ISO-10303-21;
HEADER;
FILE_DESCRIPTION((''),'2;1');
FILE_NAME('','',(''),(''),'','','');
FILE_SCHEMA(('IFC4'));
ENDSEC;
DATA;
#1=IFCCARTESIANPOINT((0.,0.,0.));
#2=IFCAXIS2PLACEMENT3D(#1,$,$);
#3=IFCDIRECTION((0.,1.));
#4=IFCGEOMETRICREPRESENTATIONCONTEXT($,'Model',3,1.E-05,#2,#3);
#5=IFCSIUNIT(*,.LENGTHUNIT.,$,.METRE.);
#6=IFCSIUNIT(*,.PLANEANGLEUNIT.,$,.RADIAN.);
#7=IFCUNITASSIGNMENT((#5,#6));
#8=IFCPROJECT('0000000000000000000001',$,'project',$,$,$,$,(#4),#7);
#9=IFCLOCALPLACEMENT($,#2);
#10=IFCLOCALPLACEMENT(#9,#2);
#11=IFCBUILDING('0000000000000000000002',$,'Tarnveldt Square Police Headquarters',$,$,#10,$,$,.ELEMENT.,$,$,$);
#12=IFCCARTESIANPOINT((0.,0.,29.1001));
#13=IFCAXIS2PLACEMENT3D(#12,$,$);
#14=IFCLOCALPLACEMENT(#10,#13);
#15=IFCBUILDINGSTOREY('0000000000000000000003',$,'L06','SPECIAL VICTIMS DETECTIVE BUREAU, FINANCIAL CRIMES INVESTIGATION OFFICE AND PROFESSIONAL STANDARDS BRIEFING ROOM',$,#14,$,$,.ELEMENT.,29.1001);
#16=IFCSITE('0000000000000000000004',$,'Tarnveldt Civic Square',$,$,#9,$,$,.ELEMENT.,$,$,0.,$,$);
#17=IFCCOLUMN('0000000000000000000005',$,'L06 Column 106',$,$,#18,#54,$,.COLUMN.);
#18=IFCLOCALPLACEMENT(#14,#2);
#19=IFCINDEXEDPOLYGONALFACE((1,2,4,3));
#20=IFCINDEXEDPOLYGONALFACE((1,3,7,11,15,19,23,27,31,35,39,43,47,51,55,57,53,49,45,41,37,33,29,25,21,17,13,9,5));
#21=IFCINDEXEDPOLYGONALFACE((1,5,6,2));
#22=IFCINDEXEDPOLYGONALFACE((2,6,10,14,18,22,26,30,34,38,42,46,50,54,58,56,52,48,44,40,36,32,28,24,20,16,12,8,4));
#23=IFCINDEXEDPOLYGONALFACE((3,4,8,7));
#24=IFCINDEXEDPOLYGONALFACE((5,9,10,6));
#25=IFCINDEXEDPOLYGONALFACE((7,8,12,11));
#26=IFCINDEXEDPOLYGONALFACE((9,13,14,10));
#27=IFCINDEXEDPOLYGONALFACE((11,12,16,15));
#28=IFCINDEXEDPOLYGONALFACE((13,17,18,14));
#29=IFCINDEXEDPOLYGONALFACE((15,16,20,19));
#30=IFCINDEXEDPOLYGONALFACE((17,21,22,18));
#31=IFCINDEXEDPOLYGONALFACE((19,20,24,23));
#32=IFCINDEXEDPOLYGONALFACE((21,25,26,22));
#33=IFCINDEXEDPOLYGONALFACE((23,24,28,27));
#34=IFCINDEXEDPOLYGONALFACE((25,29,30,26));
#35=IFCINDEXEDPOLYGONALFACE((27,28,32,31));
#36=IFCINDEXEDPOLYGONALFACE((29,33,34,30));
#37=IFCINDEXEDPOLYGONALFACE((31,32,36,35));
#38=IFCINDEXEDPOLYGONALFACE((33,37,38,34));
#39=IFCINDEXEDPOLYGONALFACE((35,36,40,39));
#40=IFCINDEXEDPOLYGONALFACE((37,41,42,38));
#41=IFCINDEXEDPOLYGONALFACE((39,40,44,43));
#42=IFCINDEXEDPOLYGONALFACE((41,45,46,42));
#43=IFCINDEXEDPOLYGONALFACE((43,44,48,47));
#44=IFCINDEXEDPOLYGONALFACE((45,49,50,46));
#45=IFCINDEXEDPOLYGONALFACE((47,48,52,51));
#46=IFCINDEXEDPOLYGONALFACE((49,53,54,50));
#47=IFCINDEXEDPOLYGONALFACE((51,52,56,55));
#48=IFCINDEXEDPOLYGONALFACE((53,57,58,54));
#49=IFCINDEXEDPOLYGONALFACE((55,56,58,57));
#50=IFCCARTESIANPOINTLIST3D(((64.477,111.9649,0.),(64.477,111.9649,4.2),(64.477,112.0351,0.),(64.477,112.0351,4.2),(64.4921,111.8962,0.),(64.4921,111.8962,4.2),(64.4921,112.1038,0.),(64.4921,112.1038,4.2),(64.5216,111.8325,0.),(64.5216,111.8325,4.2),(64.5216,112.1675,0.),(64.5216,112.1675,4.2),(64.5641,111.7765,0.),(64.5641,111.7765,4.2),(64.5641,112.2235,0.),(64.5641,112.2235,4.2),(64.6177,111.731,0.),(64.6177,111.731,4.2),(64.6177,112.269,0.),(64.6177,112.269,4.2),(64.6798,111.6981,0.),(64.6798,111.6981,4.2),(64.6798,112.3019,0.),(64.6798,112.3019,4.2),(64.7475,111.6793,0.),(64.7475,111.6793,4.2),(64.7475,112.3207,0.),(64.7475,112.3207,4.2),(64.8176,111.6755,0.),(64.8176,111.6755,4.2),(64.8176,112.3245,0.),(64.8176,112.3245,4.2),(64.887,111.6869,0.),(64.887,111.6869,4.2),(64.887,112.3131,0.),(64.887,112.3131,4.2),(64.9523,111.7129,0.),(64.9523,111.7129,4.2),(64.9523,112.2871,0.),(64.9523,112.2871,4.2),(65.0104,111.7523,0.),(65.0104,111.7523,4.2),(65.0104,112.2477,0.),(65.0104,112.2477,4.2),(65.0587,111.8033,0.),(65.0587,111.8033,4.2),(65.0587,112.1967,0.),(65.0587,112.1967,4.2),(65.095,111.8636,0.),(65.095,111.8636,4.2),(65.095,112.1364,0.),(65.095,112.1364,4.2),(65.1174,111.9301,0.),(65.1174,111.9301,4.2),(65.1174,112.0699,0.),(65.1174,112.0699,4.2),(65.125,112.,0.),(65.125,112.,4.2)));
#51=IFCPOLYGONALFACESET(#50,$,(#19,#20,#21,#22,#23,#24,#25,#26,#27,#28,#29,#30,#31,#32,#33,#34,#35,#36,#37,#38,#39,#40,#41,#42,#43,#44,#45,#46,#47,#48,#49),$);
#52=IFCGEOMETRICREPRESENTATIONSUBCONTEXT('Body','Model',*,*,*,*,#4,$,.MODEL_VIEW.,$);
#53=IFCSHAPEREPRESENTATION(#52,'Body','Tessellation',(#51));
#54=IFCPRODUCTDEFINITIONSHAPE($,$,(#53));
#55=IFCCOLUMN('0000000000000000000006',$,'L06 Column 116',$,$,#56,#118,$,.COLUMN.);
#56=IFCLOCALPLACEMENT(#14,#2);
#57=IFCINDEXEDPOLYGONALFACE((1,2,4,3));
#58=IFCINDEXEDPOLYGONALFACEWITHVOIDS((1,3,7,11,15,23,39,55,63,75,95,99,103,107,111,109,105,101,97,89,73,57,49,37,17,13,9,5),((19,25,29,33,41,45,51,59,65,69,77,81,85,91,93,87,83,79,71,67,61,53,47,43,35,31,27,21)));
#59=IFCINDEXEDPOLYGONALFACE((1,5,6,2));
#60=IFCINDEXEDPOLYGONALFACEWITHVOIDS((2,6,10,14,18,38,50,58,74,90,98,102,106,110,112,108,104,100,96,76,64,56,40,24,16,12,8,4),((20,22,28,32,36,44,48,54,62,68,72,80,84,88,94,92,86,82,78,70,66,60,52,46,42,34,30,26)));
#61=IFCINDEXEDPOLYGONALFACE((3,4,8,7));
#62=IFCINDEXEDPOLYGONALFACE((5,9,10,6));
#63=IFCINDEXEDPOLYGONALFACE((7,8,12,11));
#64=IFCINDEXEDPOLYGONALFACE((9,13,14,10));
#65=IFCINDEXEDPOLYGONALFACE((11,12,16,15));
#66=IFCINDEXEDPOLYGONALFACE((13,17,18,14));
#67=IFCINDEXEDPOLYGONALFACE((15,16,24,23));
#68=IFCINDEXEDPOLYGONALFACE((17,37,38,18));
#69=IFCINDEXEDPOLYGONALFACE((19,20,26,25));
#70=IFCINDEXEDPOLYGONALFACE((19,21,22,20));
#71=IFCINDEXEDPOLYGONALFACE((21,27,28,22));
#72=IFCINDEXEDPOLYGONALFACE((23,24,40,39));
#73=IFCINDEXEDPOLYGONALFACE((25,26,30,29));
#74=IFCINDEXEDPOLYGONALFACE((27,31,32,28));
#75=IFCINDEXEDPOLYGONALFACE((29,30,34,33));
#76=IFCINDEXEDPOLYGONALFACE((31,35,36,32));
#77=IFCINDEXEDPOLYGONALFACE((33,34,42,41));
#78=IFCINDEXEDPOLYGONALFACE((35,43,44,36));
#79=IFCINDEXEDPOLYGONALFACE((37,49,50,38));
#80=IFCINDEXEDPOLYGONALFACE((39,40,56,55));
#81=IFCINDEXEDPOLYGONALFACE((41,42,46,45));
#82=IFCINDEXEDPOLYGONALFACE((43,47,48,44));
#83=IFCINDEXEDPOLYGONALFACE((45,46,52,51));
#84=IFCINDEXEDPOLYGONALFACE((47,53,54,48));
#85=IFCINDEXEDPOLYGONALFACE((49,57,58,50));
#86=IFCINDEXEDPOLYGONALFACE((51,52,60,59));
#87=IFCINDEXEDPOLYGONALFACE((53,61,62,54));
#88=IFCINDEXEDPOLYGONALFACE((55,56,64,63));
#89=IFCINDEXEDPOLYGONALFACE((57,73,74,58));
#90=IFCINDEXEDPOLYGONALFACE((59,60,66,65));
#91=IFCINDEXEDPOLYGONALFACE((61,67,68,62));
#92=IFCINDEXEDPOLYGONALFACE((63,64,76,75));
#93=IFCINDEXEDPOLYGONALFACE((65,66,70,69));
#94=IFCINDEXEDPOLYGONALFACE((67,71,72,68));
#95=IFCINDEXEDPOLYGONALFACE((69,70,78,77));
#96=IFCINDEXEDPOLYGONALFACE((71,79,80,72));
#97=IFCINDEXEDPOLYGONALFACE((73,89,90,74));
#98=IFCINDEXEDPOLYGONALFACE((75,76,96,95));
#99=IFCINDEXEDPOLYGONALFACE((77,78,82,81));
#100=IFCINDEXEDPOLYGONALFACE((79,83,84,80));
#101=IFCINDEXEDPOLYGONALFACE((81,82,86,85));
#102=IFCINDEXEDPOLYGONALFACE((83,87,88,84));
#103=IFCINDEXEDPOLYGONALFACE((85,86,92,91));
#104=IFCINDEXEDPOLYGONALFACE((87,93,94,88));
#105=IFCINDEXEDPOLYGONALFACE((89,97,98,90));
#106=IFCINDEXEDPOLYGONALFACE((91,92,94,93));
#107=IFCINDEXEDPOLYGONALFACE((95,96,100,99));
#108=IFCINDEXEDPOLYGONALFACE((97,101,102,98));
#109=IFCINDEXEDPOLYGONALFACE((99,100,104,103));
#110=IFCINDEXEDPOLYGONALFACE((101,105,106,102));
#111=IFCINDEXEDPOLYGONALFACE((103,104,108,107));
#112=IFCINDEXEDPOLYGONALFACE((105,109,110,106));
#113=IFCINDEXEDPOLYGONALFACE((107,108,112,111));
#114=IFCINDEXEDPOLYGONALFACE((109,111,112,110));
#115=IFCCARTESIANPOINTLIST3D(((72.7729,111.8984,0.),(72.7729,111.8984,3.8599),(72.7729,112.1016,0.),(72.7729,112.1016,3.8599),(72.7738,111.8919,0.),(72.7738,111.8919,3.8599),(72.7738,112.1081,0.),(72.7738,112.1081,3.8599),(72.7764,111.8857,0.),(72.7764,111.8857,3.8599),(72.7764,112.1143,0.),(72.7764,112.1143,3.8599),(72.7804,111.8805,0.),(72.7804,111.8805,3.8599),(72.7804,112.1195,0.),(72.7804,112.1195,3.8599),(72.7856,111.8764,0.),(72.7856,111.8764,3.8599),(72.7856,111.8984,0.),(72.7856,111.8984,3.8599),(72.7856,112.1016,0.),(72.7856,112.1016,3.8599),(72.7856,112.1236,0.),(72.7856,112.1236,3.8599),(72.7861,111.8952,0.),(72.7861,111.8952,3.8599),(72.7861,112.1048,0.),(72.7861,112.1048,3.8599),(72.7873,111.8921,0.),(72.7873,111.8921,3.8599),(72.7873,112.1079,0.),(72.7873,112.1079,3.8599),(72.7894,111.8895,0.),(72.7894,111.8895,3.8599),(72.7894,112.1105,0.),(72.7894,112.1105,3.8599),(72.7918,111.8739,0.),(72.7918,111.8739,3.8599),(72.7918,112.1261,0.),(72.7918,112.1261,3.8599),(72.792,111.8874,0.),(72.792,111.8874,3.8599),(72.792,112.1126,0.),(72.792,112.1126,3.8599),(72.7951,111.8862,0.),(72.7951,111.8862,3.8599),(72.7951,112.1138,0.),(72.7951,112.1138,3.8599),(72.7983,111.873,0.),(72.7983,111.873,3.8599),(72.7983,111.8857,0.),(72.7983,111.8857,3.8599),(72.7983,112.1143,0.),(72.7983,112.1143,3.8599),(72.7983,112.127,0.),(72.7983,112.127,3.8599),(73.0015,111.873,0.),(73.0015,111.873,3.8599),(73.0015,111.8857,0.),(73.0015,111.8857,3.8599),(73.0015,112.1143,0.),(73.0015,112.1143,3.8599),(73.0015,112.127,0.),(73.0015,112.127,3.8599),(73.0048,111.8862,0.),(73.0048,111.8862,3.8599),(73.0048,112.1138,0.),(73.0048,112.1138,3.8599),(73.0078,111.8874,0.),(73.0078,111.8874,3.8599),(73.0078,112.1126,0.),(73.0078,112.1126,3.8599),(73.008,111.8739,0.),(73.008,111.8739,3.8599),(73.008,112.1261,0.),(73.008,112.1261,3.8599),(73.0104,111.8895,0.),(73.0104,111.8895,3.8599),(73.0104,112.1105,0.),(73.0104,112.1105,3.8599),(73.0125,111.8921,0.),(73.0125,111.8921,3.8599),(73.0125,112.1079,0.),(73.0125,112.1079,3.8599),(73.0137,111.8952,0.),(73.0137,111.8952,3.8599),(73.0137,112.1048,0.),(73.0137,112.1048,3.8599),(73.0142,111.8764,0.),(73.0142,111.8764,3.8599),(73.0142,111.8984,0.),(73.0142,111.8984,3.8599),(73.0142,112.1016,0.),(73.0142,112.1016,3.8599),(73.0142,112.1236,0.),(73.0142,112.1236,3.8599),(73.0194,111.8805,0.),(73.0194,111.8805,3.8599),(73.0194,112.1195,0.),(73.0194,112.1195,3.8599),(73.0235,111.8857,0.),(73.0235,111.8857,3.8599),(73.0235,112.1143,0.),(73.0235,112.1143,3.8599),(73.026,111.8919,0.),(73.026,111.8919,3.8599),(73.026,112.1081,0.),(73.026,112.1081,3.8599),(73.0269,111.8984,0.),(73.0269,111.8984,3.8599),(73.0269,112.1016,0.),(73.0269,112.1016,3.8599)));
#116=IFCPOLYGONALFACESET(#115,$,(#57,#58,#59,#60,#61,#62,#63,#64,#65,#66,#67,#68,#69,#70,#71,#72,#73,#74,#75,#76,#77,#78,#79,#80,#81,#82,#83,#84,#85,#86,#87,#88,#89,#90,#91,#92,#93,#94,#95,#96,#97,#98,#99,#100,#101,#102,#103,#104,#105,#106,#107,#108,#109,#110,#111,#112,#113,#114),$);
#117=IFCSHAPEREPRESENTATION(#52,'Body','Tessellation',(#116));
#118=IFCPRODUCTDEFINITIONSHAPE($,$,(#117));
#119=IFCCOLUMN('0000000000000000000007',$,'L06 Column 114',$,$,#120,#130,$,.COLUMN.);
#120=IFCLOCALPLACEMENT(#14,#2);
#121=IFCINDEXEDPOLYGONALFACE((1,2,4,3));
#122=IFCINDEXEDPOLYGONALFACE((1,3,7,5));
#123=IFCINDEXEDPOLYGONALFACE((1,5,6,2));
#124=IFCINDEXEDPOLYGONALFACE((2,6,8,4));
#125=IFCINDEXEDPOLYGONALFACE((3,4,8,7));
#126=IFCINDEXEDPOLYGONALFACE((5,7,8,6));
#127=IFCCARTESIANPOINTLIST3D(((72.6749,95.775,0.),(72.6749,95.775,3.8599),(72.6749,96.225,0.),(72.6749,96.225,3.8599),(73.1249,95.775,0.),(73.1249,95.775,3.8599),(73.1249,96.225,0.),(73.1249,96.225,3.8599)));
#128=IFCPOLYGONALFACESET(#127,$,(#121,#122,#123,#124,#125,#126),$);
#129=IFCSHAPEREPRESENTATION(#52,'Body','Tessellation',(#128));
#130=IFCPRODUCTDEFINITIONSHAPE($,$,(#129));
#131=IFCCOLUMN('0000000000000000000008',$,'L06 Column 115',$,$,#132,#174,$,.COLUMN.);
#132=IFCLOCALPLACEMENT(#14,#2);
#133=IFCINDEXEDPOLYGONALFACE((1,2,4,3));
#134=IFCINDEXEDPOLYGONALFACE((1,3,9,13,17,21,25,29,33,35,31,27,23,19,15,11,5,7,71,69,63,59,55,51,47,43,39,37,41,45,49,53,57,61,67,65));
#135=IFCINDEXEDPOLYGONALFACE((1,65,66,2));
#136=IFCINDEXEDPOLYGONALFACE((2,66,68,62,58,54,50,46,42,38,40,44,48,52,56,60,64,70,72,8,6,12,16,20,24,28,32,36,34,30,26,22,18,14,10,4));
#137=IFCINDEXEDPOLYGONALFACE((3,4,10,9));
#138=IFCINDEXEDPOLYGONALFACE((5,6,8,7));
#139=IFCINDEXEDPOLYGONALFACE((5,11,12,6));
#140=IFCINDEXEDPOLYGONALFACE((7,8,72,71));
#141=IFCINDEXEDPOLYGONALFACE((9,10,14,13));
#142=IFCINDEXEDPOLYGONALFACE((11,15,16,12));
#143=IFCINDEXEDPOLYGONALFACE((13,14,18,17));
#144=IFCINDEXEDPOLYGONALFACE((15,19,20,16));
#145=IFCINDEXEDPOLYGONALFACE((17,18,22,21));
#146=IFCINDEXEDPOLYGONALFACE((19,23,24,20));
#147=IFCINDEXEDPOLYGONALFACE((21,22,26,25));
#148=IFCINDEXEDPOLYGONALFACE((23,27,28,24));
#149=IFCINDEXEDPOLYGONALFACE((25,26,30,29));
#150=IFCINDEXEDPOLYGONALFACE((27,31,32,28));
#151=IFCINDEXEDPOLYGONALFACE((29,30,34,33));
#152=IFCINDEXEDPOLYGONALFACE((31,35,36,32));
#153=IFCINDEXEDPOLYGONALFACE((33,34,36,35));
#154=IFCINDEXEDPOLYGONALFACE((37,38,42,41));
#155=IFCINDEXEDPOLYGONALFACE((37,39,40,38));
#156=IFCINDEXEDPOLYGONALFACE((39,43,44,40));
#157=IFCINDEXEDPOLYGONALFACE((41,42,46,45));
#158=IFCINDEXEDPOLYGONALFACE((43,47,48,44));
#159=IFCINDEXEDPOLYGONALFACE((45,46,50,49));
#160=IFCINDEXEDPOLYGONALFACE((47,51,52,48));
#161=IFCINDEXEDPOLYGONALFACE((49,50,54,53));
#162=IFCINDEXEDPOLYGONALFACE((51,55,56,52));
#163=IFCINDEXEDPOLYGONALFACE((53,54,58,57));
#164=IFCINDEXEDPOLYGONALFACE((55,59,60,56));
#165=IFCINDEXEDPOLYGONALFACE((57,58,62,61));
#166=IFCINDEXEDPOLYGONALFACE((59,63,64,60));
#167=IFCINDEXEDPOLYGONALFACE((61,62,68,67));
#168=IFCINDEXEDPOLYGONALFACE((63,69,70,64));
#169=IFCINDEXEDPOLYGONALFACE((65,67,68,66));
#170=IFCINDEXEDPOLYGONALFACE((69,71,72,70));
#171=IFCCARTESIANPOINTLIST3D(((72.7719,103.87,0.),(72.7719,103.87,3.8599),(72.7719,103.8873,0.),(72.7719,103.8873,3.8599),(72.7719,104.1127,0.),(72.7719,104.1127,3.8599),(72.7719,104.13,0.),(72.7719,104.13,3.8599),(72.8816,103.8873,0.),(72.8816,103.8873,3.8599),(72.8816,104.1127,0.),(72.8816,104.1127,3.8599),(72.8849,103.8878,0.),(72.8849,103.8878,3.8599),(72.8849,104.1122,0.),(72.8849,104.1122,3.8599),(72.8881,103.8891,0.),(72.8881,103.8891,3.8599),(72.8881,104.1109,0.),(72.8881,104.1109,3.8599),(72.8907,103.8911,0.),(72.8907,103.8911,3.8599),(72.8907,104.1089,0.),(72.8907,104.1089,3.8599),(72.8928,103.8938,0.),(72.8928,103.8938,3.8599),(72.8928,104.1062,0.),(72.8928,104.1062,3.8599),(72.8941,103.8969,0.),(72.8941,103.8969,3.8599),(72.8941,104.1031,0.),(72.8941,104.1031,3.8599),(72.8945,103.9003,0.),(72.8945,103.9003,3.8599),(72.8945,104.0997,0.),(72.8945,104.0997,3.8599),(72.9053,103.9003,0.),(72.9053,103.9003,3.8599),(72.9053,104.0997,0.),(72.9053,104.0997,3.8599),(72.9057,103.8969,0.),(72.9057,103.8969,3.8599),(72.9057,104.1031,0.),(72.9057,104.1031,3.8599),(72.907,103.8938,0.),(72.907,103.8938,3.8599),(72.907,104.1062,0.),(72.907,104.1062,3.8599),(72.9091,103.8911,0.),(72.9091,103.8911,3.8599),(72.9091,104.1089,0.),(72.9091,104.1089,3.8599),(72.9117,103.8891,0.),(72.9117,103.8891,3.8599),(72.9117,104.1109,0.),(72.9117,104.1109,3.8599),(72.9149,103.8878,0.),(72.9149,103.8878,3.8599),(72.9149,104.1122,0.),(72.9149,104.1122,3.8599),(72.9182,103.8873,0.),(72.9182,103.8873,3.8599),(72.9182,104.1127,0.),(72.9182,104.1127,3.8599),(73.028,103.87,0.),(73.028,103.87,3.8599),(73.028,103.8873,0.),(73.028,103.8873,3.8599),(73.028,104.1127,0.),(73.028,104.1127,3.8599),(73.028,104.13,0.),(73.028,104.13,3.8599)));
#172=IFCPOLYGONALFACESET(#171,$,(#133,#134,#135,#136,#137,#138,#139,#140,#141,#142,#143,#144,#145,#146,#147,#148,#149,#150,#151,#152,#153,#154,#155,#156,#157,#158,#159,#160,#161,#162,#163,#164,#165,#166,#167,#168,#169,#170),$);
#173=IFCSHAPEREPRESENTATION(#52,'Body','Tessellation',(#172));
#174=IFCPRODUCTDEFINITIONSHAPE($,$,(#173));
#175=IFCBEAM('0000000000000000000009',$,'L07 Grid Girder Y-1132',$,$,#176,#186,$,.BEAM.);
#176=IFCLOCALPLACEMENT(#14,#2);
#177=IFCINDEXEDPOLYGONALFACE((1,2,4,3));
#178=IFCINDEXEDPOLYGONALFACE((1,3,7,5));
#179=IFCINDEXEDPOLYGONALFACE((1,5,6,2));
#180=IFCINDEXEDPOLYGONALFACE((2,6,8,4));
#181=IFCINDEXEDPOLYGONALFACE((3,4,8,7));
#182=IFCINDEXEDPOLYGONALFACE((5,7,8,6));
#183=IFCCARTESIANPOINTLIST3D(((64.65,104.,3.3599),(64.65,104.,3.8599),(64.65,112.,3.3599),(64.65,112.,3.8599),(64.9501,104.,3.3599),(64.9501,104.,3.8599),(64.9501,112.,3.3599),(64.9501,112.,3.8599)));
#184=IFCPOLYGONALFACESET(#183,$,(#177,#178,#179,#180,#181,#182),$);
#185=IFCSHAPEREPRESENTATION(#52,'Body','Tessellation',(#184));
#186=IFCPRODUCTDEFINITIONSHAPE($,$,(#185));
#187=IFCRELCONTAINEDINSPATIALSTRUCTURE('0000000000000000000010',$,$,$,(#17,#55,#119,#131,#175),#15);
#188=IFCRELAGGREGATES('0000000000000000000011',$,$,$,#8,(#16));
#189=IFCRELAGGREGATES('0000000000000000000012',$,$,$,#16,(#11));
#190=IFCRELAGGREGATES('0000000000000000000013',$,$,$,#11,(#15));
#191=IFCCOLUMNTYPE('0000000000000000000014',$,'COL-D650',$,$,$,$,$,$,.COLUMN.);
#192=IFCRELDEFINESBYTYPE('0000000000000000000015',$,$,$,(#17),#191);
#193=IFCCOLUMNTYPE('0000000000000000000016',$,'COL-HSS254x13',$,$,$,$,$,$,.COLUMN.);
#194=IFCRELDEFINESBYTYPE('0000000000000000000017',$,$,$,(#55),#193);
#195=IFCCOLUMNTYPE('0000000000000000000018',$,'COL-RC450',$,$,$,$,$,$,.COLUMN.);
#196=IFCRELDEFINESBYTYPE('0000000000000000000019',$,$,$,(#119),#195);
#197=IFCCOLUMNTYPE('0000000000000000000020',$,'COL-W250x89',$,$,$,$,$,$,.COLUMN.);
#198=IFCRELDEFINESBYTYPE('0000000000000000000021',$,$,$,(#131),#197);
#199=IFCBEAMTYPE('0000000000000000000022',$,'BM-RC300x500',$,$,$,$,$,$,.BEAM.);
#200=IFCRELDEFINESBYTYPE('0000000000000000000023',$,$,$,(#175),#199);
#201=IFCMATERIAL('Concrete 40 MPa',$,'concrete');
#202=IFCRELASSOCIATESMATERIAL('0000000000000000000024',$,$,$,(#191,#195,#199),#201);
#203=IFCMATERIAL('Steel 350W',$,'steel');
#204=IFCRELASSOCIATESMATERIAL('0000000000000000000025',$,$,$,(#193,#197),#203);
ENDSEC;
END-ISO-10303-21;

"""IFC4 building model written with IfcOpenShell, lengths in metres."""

from ifc_helpers import new_model, si_unit, direction, frame, origin, origin_2d, place, context, subcontext, project, spatial, rectangle, hollow_rectangle, circle, i_section, extrude, material, material_profile, profile_set, type_object, element, save


model = new_model("IFC4")

# Units and contexts
model_context = context("Model", 3, precision=1e-05, world=origin(), true_north=direction((0.0, 1.0)))
body_context = subcontext(model_context, "Body", "Model", "MODEL_VIEW")
ifc_project = project(units=[si_unit("LENGTHUNIT", "METRE"), si_unit("PLANEANGLEUNIT", "RADIAN")], contexts=[model_context])

# Site, building, storey
site_placement = place(None, origin())
site = spatial("IfcSite", under=ifc_project, at=site_placement, Name="Tarnveldt Civic Square", CompositionType="ELEMENT", RefElevation=0.0)
building_placement = place(site_placement, origin())
building = spatial("IfcBuilding", under=site, at=building_placement, Name="Tarnveldt Square Police Headquarters", CompositionType="ELEMENT")
storey_placement = place(building_placement, frame((0.0, 0.0, 29.1001)))
storey = spatial("IfcBuildingStorey", under=building, at=storey_placement, Name="L06", Description="SPECIAL VICTIMS DETECTIVE BUREAU, FINANCIAL CRIMES INVESTIGATION OFFICE AND PROFESSIONAL STANDARDS BRIEFING ROOM", CompositionType="ELEMENT", Elevation=29.1001)

# Columns
ifc_material_1 = material(Name="Concrete 40 MPa", Category="concrete")
ifc_material_profile_1 = material_profile(ifc_material_1, circle(Radius=0.325, at=origin_2d()), Name="RC-D650")
ifc_profile_set_1 = profile_set([ifc_material_profile_1], Name="Concrete 40 MPa")
column_type_1 = type_object("IfcColumnType", Name="COL-D650", PredefinedType="COLUMN", material=ifc_profile_set_1)
column_1_placement = place(storey_placement, frame((64.8, 112.0, 0.0), z_axis=(0.0, 0.0, 1.0), x_axis=(1.0, 0.0, 0.0)))
element("IfcColumn", 1, at=column_1_placement, inside=storey, type_object=column_type_1, Name="L06 Column 106", PredefinedType="COLUMN", context=body_context, shape_type="SweptSolid", body=[
    extrude(circle(Radius=0.325, at=origin_2d()), origin(), (0.0, 0.0, 1.0), 4.2),
])
ifc_material_2 = material(Name="Steel 350W", Category="steel")
ifc_material_profile_2 = material_profile(ifc_material_2, hollow_rectangle(XDim=0.2539, YDim=0.2539, WallThickness=0.0127, InnerFilletRadius=0.0127, OuterFilletRadius=0.0254, at=origin_2d()), Name="HSS254x254x13")
ifc_profile_set_2 = profile_set([ifc_material_profile_2], Name="Steel 350W")
column_type_2 = type_object("IfcColumnType", Name="COL-HSS254x13", PredefinedType="COLUMN", material=ifc_profile_set_2)
column_2_placement = place(storey_placement, frame((72.8999, 112.0, 0.0), z_axis=(0.0, 0.0, 1.0), x_axis=(1.0, 0.0, 0.0)))
element("IfcColumn", 2, at=column_2_placement, inside=storey, type_object=column_type_2, Name="L06 Column 116", PredefinedType="COLUMN", context=body_context, shape_type="SweptSolid", body=[
    extrude(hollow_rectangle(XDim=0.2539, YDim=0.2539, WallThickness=0.0127, InnerFilletRadius=0.0127, OuterFilletRadius=0.0254, at=origin_2d()), origin(), (0.0, 0.0, 1.0), 3.8599),
])
ifc_material_profile_3 = material_profile(ifc_material_1, rectangle(XDim=0.45, YDim=0.45, at=origin_2d()), Name="RC-C450x450")
ifc_profile_set_3 = profile_set([ifc_material_profile_3], Name="Concrete 40 MPa")
column_type_3 = type_object("IfcColumnType", Name="COL-RC450", PredefinedType="COLUMN", material=ifc_profile_set_3)
column_3_placement = place(storey_placement, frame((72.8999, 96.0, 0.0), z_axis=(0.0, 0.0, 1.0), x_axis=(1.0, 0.0, 0.0)))
element("IfcColumn", 3, at=column_3_placement, inside=storey, type_object=column_type_3, Name="L06 Column 114", PredefinedType="COLUMN", context=body_context, shape_type="SweptSolid", body=[
    extrude(rectangle(XDim=0.45, YDim=0.45, at=origin_2d()), origin(), (0.0, 0.0, 1.0), 3.8599),
])
ifc_material_profile_4 = material_profile(ifc_material_2, i_section(OverallWidth=0.2561, OverallDepth=0.26, WebThickness=0.0107, FlangeThickness=0.0173, FilletRadius=0.0129, at=origin_2d()), Name="W250x89")
ifc_profile_set_4 = profile_set([ifc_material_profile_4], Name="Steel 350W")
column_type_4 = type_object("IfcColumnType", Name="COL-W250x89", PredefinedType="COLUMN", material=ifc_profile_set_4)
column_4_placement = place(storey_placement, frame((72.8999, 104.0, 0.0), z_axis=(0.0, 0.0, 1.0), x_axis=(1.0, 0.0, 0.0)))
element("IfcColumn", 4, at=column_4_placement, inside=storey, type_object=column_type_4, Name="L06 Column 115", PredefinedType="COLUMN", context=body_context, shape_type="SweptSolid", body=[
    extrude(i_section(OverallWidth=0.2561, OverallDepth=0.26, WebThickness=0.0107, FlangeThickness=0.0173, FilletRadius=0.0129, at=origin_2d()), origin(), (0.0, 0.0, 1.0), 3.8599),
])

# Beam
ifc_material_profile_5 = material_profile(ifc_material_1, rectangle(XDim=0.3, YDim=0.5, at=origin_2d()), Name="RC-B300x500")
ifc_profile_set_5 = profile_set([ifc_material_profile_5], Name="Concrete 40 MPa")
beam_type_1 = type_object("IfcBeamType", Name="BM-RC300x500", PredefinedType="BEAM", material=ifc_profile_set_5)
beam_1_placement = place(storey_placement, frame((64.8, 104.0, 3.6099), z_axis=(0.0, 1.0, 0.0), x_axis=(-1.0, 0.0, 0.0)))
element("IfcBeam", 5, at=beam_1_placement, inside=storey, type_object=beam_type_1, Name="L07 Grid Girder Y-1132", PredefinedType="BEAM", context=body_context, shape_type="SweptSolid", body=[
    extrude(rectangle(XDim=0.3, YDim=0.5, at=origin_2d()), origin(), (0.0, 0.0, 1.0), 8.0),
])

save(model, "model.ifc")
